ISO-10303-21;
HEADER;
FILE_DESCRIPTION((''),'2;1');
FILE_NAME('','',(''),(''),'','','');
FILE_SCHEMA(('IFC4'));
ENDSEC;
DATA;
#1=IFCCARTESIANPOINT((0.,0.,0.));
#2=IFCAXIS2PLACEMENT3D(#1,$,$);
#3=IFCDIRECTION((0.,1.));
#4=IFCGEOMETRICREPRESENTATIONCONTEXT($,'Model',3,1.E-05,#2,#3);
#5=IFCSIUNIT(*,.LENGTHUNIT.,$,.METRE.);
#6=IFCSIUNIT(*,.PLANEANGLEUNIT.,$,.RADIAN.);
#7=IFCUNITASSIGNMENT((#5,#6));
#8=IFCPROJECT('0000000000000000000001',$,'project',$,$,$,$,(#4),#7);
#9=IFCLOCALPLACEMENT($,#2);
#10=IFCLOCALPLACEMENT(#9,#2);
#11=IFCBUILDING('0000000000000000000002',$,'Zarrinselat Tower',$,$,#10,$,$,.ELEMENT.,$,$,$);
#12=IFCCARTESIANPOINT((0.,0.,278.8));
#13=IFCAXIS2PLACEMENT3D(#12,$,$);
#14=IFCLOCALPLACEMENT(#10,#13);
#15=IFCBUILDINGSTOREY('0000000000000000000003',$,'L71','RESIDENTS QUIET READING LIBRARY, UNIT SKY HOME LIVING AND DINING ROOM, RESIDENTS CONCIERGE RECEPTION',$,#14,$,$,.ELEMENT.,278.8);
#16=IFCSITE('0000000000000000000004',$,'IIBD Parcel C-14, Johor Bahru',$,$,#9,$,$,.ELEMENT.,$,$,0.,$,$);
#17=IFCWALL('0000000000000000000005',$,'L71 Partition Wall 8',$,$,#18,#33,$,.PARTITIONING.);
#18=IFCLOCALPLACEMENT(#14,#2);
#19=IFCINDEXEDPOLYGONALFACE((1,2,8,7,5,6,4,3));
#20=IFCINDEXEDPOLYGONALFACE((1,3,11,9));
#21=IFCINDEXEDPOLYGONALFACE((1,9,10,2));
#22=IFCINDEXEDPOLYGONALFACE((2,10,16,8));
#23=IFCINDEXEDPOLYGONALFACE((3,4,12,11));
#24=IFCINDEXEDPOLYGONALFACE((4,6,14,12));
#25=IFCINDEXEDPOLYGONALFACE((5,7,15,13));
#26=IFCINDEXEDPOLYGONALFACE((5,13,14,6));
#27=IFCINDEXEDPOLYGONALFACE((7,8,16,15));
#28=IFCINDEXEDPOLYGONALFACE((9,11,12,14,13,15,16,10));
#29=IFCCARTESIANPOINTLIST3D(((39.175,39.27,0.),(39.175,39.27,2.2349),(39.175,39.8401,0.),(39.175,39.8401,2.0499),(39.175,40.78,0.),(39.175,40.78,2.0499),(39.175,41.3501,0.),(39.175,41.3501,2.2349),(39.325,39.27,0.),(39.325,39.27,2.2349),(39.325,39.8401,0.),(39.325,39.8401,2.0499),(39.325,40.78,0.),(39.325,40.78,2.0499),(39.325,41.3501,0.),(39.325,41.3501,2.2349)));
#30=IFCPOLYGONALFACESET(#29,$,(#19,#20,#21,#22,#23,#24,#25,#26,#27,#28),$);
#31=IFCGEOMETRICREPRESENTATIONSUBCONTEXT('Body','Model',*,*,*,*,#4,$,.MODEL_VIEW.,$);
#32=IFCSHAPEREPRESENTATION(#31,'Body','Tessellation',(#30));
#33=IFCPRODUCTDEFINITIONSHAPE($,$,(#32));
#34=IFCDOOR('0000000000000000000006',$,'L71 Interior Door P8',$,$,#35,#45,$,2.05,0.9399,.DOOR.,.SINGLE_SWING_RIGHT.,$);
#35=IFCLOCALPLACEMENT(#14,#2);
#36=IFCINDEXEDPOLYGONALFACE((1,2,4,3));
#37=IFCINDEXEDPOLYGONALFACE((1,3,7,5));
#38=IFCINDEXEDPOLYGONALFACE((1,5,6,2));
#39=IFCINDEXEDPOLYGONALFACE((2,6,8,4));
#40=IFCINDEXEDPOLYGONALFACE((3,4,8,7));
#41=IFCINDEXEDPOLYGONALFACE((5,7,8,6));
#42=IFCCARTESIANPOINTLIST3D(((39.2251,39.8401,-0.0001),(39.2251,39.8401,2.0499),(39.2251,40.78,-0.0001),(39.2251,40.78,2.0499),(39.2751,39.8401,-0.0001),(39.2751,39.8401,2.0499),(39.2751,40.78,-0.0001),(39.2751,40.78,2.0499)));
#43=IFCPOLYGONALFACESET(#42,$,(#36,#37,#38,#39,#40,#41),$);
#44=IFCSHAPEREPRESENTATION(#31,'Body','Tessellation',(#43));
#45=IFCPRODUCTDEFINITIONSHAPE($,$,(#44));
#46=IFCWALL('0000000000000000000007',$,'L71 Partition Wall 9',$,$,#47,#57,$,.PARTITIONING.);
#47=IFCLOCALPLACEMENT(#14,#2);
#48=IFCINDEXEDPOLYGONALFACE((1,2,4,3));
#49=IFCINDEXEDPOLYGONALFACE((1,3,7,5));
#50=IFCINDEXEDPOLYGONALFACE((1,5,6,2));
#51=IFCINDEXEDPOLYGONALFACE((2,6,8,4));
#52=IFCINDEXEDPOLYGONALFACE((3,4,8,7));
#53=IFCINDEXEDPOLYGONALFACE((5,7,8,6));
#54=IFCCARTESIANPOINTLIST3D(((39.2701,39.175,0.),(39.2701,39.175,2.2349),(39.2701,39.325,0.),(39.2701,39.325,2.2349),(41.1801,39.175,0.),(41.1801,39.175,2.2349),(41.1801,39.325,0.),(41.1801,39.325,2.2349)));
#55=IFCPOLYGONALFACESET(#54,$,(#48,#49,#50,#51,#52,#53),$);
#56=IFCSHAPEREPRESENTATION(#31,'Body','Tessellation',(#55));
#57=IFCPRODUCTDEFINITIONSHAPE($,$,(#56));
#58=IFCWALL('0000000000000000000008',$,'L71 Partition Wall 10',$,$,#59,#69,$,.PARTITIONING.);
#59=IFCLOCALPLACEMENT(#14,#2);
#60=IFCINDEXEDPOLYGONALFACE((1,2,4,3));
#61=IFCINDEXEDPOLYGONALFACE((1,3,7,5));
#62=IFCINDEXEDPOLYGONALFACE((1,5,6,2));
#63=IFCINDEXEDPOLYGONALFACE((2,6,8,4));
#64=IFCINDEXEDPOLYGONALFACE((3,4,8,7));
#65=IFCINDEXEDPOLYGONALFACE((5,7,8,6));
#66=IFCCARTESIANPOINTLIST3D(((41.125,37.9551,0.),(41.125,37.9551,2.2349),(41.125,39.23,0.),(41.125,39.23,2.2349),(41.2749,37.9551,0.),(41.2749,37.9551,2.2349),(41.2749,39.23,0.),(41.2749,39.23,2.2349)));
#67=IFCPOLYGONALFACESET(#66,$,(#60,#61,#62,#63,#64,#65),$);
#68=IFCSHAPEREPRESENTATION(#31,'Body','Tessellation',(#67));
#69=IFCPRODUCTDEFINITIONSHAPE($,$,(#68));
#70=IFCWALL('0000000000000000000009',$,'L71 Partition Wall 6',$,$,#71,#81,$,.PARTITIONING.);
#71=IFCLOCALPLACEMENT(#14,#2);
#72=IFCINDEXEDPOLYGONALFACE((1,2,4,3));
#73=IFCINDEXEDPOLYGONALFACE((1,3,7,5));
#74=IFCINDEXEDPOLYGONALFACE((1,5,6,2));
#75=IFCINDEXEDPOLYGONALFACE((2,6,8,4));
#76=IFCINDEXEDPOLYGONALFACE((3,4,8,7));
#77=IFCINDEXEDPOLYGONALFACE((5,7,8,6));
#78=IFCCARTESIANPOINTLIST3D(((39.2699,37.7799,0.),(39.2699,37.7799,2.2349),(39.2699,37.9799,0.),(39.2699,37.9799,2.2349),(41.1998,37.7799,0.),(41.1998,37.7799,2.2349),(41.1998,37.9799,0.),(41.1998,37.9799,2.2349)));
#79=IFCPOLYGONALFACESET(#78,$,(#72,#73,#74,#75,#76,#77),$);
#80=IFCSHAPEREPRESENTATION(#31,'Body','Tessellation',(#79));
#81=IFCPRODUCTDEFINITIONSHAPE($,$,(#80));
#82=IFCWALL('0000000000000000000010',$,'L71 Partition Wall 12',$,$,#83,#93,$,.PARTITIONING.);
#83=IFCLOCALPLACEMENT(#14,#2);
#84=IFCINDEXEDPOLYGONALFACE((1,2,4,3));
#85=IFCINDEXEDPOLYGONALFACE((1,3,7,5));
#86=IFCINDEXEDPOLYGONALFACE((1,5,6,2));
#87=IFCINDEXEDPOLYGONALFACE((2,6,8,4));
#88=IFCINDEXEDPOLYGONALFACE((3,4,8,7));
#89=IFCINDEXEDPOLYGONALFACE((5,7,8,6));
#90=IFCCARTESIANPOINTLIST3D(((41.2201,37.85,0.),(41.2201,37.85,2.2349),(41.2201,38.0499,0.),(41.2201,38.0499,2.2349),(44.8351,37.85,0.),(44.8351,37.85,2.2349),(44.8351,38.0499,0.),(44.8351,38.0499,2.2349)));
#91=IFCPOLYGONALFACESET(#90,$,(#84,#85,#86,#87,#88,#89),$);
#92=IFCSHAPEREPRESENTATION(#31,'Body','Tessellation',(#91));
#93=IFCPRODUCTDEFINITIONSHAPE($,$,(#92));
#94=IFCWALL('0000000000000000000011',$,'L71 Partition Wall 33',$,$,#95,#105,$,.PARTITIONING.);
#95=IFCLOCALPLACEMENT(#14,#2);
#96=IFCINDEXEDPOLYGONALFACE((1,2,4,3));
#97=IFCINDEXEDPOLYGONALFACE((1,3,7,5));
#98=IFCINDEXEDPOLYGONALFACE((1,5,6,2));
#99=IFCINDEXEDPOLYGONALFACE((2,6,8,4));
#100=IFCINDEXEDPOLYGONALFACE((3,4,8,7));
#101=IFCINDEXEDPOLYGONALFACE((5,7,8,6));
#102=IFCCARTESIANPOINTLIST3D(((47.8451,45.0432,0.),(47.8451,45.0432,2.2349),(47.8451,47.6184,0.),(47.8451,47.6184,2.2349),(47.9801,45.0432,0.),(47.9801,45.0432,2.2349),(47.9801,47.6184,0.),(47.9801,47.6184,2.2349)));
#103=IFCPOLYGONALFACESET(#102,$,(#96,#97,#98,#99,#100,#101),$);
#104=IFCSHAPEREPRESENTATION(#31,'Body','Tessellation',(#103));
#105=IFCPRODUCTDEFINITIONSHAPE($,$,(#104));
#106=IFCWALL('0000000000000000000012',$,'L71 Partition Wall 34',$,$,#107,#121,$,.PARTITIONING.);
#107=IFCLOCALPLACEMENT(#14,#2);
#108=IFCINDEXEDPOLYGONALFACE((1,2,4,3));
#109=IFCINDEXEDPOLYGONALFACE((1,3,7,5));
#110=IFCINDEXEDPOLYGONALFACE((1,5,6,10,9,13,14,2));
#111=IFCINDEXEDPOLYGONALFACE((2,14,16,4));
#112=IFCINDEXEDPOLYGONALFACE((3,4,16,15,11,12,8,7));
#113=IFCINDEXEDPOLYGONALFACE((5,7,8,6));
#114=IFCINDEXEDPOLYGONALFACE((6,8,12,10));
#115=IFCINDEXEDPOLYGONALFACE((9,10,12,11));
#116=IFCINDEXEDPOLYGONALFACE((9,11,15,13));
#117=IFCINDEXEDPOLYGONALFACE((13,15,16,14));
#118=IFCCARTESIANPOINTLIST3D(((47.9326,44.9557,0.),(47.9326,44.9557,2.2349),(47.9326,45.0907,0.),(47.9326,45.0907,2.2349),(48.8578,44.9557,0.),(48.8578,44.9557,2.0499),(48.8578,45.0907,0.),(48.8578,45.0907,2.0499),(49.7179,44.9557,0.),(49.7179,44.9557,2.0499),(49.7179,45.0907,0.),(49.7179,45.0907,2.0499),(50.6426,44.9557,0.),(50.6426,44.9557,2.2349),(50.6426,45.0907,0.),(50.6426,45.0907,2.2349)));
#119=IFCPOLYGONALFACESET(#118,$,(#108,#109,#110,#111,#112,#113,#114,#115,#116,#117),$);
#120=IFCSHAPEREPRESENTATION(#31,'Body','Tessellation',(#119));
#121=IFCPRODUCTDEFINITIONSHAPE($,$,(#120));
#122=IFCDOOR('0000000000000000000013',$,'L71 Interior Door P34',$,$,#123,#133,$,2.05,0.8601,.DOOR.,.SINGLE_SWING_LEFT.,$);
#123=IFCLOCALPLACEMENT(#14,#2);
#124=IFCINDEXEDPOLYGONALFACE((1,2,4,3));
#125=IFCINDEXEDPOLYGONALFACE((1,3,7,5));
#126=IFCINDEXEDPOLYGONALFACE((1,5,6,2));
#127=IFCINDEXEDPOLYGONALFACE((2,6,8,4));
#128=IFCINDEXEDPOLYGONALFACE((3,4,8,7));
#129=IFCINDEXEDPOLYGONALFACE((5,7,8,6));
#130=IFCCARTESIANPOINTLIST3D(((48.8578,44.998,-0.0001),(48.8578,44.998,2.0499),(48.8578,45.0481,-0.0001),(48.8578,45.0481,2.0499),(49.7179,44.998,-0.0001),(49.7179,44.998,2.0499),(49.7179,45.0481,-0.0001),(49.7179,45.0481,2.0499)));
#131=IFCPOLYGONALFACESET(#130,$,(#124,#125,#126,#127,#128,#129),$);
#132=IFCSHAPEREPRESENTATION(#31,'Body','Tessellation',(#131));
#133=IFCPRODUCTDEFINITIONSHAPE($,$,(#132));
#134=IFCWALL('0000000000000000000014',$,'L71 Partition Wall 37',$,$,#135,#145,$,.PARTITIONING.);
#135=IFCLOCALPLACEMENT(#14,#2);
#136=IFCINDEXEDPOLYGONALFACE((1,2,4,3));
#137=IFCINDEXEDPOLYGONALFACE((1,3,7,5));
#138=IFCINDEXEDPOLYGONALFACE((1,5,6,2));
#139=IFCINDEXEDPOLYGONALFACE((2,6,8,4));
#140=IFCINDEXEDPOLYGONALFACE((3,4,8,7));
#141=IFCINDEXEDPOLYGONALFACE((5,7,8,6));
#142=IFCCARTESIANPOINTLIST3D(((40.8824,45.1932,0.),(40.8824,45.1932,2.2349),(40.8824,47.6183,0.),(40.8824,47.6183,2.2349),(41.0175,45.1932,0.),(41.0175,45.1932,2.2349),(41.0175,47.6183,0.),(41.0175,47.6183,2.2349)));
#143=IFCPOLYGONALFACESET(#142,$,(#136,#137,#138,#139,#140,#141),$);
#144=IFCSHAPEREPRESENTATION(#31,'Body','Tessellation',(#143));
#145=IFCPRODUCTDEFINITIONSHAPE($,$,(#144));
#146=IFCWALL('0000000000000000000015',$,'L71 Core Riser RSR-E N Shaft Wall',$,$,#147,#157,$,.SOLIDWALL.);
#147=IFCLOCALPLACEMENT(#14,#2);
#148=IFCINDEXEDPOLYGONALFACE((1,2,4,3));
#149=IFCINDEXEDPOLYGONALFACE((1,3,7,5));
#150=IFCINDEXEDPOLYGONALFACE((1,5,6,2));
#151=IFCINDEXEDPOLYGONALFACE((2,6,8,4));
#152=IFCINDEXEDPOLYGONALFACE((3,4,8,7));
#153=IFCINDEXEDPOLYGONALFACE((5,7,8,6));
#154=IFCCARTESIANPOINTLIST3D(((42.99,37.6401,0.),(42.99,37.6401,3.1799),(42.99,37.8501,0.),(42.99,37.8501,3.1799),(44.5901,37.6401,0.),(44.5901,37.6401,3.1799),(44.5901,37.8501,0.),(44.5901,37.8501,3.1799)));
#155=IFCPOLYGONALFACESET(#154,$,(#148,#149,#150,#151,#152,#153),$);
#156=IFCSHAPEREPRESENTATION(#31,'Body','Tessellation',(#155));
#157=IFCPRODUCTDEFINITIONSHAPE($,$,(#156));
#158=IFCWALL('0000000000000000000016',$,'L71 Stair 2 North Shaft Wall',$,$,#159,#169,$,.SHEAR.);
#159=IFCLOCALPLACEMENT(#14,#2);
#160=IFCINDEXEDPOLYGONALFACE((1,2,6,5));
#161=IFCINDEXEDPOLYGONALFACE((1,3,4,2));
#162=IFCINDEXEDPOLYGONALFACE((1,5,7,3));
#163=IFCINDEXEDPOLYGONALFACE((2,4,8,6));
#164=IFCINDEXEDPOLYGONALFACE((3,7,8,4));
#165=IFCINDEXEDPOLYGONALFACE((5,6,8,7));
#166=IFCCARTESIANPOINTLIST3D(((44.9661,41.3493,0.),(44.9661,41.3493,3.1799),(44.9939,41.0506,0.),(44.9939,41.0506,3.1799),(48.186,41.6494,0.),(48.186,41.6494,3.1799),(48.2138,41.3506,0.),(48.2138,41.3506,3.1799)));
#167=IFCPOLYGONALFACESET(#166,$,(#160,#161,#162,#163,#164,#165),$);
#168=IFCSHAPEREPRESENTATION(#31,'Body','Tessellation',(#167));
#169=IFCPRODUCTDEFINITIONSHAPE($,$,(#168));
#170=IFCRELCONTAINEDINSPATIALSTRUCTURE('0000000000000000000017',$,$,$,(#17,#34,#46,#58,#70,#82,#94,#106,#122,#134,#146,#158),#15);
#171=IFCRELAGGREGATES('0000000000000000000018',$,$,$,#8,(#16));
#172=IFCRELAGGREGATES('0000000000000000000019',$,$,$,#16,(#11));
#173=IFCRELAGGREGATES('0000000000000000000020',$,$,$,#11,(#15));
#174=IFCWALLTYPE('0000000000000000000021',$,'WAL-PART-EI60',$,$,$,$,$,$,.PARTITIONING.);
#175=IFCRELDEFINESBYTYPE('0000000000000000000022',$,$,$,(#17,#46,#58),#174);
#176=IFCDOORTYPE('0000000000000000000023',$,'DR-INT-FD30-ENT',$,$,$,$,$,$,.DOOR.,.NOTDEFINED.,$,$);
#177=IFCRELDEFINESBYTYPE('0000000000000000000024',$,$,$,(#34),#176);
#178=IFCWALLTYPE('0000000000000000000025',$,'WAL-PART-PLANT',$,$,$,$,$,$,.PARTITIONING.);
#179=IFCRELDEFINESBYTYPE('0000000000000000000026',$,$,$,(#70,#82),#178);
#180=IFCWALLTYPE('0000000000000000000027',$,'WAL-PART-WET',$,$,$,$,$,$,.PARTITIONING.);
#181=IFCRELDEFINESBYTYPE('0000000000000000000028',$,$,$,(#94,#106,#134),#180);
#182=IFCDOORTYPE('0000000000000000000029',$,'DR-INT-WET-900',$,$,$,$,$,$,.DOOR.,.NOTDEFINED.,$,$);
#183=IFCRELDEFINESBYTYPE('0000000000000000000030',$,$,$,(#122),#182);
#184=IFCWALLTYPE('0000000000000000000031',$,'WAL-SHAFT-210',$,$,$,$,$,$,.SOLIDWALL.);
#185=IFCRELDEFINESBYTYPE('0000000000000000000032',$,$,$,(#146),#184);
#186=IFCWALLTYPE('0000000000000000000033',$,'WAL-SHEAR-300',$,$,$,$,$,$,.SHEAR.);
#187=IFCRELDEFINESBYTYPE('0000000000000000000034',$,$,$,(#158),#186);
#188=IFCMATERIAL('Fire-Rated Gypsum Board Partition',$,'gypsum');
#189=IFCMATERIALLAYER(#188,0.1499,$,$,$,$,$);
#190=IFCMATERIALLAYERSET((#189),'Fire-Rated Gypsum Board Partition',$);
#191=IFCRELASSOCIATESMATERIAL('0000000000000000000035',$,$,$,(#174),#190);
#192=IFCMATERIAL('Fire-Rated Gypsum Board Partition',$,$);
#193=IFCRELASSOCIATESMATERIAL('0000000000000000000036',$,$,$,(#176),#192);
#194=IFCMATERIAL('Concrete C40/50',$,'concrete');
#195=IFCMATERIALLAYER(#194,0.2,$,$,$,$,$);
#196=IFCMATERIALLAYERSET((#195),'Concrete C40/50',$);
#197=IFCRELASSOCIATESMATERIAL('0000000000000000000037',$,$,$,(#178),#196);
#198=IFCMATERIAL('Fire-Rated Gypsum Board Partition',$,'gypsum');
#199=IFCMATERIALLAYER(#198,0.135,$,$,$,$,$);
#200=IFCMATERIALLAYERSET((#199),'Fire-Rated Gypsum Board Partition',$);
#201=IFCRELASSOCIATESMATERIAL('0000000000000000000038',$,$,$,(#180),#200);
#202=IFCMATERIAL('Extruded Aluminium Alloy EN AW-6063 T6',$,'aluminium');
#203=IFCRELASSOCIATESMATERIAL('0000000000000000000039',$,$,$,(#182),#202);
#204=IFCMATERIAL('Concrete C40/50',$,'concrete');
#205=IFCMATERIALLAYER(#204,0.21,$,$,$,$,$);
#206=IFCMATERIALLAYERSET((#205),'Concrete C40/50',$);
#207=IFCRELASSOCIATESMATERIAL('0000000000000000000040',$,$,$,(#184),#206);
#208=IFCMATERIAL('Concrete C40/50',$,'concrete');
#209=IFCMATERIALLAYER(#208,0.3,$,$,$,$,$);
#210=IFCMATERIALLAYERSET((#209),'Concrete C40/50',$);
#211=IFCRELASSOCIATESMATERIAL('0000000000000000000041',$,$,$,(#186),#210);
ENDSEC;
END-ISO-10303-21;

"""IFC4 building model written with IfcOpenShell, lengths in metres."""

from ifc_helpers import new_model, si_unit, direction, frame, frame_2d, origin, place, context, subcontext, project, spatial, rectangle, extrude, material, layer, layer_set, type_object, element, fill, save


model = new_model("IFC4")

# Units and contexts
model_context = context("Model", 3, precision=1e-05, world=origin(), true_north=direction((0.0, 1.0)))
body_context = subcontext(model_context, "Body", "Model", "MODEL_VIEW")
ifc_project = project(units=[si_unit("LENGTHUNIT", "METRE"), si_unit("PLANEANGLEUNIT", "RADIAN")], contexts=[model_context])

# Site, building, storey
site_placement = place(None, origin())
site = spatial("IfcSite", under=ifc_project, at=site_placement, Name="IIBD Parcel C-14, Johor Bahru", CompositionType="ELEMENT", RefElevation=0.0)
building_placement = place(site_placement, origin())
building = spatial("IfcBuilding", under=site, at=building_placement, Name="Zarrinselat Tower", CompositionType="ELEMENT")
storey_placement = place(building_placement, frame((0.0, 0.0, 278.8)))
storey = spatial("IfcBuildingStorey", under=building, at=storey_placement, Name="L71", Description="RESIDENTS QUIET READING LIBRARY, UNIT SKY HOME LIVING AND DINING ROOM, RESIDENTS CONCIERGE RECEPTION", CompositionType="ELEMENT", Elevation=278.8)

# Wall, opening, door
ifc_material_1 = material(Name="Fire-Rated Gypsum Board Partition", Category="gypsum")
ifc_layer_1 = layer(ifc_material_1, 0.1499)
ifc_layer_set_1 = layer_set([ifc_layer_1], Name="Fire-Rated Gypsum Board Partition")
wall_type_1 = type_object("IfcWallType", Name="WAL-PART-EI60", PredefinedType="PARTITIONING", material=ifc_layer_set_1)
wall_1_placement = place(storey_placement, frame((39.25, 39.27, 0.0), z_axis=(0.0, 0.0, 1.0), x_axis=(0.0, 1.0, 0.0)))
wall_1 = element("IfcWall", 1, at=wall_1_placement, inside=storey, type_object=wall_type_1, Name="L71 Partition Wall 8", PredefinedType="PARTITIONING", context=body_context, shape_type="SweptSolid", body=[
    extrude(rectangle(XDim=2.0801, YDim=0.1499, at=frame_2d((1.04, 0.0))), origin(), (0.0, 0.0, 1.0), 2.2349),
])
opening_1_placement = place(wall_1_placement, frame((0.5701, 0.0, 0.0)))
opening_1 = element("IfcOpeningElement", 2, at=opening_1_placement, cuts=wall_1, PredefinedType="OPENING", context=body_context, shape_type="SweptSolid", body=[
    extrude(rectangle(XDim=0.9399, YDim=2.05, at=frame_2d((0.47, 1.0249))), frame((0.0, 0.085, 0.0), z_axis=(0.0, -1.0, 0.0), x_axis=(1.0, 0.0, 0.0)), (0.0, 0.0, 1.0), 0.1699),
])
ifc_material_2 = material(Name="Fire-Rated Gypsum Board Partition")
door_type_1 = type_object("IfcDoorType", Name="DR-INT-FD30-ENT", OperationType="NOTDEFINED", PredefinedType="DOOR", material=ifc_material_2)
door_1_placement = place(opening_1_placement, origin())
door_1 = element("IfcDoor", 3, at=door_1_placement, inside=storey, type_object=door_type_1, Name="L71 Interior Door P8", OperationType="SINGLE_SWING_RIGHT", OverallHeight=2.05, OverallWidth=0.9399, PredefinedType="DOOR", context=body_context, shape_type="SweptSolid", body=[
    extrude(rectangle(XDim=0.9399, YDim=2.05, at=frame_2d((0.47, 1.0249))), frame((0.0, 0.0249, 0.0), z_axis=(0.0, -1.0, 0.0), x_axis=(1.0, 0.0, 0.0)), (0.0, 0.0, 1.0), 0.05),
])
fill(opening_1, door_1)

# Walls
wall_2_placement = place(storey_placement, frame((39.27, 39.25, 0.0), z_axis=(0.0, 0.0, 1.0), x_axis=(1.0, 0.0, 0.0)))
element("IfcWall", 4, at=wall_2_placement, inside=storey, type_object=wall_type_1, Name="L71 Partition Wall 9", PredefinedType="PARTITIONING", context=body_context, shape_type="SweptSolid", body=[
    extrude(rectangle(XDim=1.9099, YDim=0.1499, at=frame_2d((0.9551, 0.0))), origin(), (0.0, 0.0, 1.0), 2.2349),
])
wall_3_placement = place(storey_placement, frame((41.2, 37.9551, 0.0), z_axis=(0.0, 0.0, 1.0), x_axis=(0.0, 1.0, 0.0)))
element("IfcWall", 5, at=wall_3_placement, inside=storey, type_object=wall_type_1, Name="L71 Partition Wall 10", PredefinedType="PARTITIONING", context=body_context, shape_type="SweptSolid", body=[
    extrude(rectangle(XDim=1.2749, YDim=0.1499, at=frame_2d((0.6375, 0.0))), origin(), (0.0, 0.0, 1.0), 2.2349),
])
ifc_material_3 = material(Name="Concrete C40/50", Category="concrete")
ifc_layer_2 = layer(ifc_material_3, 0.2)
ifc_layer_set_2 = layer_set([ifc_layer_2], Name="Concrete C40/50")
wall_type_2 = type_object("IfcWallType", Name="WAL-PART-PLANT", PredefinedType="PARTITIONING", material=ifc_layer_set_2)
wall_4_placement = place(storey_placement, frame((39.27, 37.8799, 0.0), z_axis=(0.0, 0.0, 1.0), x_axis=(1.0, 0.0, 0.0)))
element("IfcWall", 6, at=wall_4_placement, inside=storey, type_object=wall_type_2, Name="L71 Partition Wall 6", PredefinedType="PARTITIONING", context=body_context, shape_type="SweptSolid", body=[
    extrude(rectangle(XDim=1.9299, YDim=0.2, at=frame_2d((0.9648, 0.0))), origin(), (0.0, 0.0, 1.0), 2.2349),
])
wall_5_placement = place(storey_placement, frame((41.22, 37.95, 0.0), z_axis=(0.0, 0.0, 1.0), x_axis=(1.0, 0.0, 0.0)))
element("IfcWall", 7, at=wall_5_placement, inside=storey, type_object=wall_type_2, Name="L71 Partition Wall 12", PredefinedType="PARTITIONING", context=body_context, shape_type="SweptSolid", body=[
    extrude(rectangle(XDim=3.615, YDim=0.2, at=frame_2d((1.8076, 0.0))), origin(), (0.0, 0.0, 1.0), 2.2349),
])
ifc_material_4 = material(Name="Fire-Rated Gypsum Board Partition", Category="gypsum")
ifc_layer_3 = layer(ifc_material_4, 0.135)
ifc_layer_set_3 = layer_set([ifc_layer_3], Name="Fire-Rated Gypsum Board Partition")
wall_type_3 = type_object("IfcWallType", Name="WAL-PART-WET", PredefinedType="PARTITIONING", material=ifc_layer_set_3)
wall_6_placement = place(storey_placement, frame((47.9126, 45.0432, 0.0), z_axis=(0.0, 0.0, 1.0), x_axis=(0.0, 1.0, 0.0)))
element("IfcWall", 8, at=wall_6_placement, inside=storey, type_object=wall_type_3, Name="L71 Partition Wall 33", PredefinedType="PARTITIONING", context=body_context, shape_type="SweptSolid", body=[
    extrude(rectangle(XDim=2.5752, YDim=0.135, at=frame_2d((1.2876, 0.0))), origin(), (0.0, 0.0, 1.0), 2.2349),
])

# Wall, opening, door
wall_7_placement = place(storey_placement, frame((47.9326, 45.0232, 0.0), z_axis=(0.0, 0.0, 1.0), x_axis=(1.0, 0.0, 0.0)))
wall_7 = element("IfcWall", 9, at=wall_7_placement, inside=storey, type_object=wall_type_3, Name="L71 Partition Wall 34", PredefinedType="PARTITIONING", context=body_context, shape_type="SweptSolid", body=[
    extrude(rectangle(XDim=2.71, YDim=0.135, at=frame_2d((1.355, 0.0))), origin(), (0.0, 0.0, 1.0), 2.2349),
])
opening_2_placement = place(wall_7_placement, frame((0.925, 0.0, 0.0)))
opening_2 = element("IfcOpeningElement", 10, at=opening_2_placement, cuts=wall_7, PredefinedType="OPENING", context=body_context, shape_type="SweptSolid", body=[
    extrude(rectangle(XDim=0.8601, YDim=2.05, at=frame_2d((0.4302, 1.0249))), frame((0.0, 0.0774, 0.0), z_axis=(0.0, -1.0, 0.0), x_axis=(1.0, 0.0, 0.0)), (0.0, 0.0, 1.0), 0.155),
])
ifc_material_5 = material(Name="Extruded Aluminium Alloy EN AW-6063 T6", Category="aluminium")
door_type_2 = type_object("IfcDoorType", Name="DR-INT-WET-900", OperationType="NOTDEFINED", PredefinedType="DOOR", material=ifc_material_5)
door_2_placement = place(opening_2_placement, origin())
door_2 = element("IfcDoor", 11, at=door_2_placement, inside=storey, type_object=door_type_2, Name="L71 Interior Door P34", OperationType="SINGLE_SWING_LEFT", OverallHeight=2.05, OverallWidth=0.8601, PredefinedType="DOOR", context=body_context, shape_type="SweptSolid", body=[
    extrude(rectangle(XDim=0.8601, YDim=2.05, at=frame_2d((0.4302, 1.0249))), frame((0.0, 0.0249, 0.0), z_axis=(0.0, -1.0, 0.0), x_axis=(1.0, 0.0, 0.0)), (0.0, 0.0, 1.0), 0.05),
])
fill(opening_2, door_2)

# Walls
wall_8_placement = place(storey_placement, frame((40.95, 45.1934, 0.0), z_axis=(0.0, 0.0, 1.0), x_axis=(0.0, 1.0, 0.0)))
element("IfcWall", 12, at=wall_8_placement, inside=storey, type_object=wall_type_3, Name="L71 Partition Wall 37", PredefinedType="PARTITIONING", context=body_context, shape_type="SweptSolid", body=[
    extrude(rectangle(XDim=2.425, YDim=0.135, at=frame_2d((1.2124, 0.0))), origin(), (0.0, 0.0, 1.0), 2.2349),
])
ifc_material_6 = material(Name="Concrete C40/50", Category="concrete")
ifc_layer_4 = layer(ifc_material_6, 0.21)
ifc_layer_set_4 = layer_set([ifc_layer_4], Name="Concrete C40/50")
wall_type_4 = type_object("IfcWallType", Name="WAL-SHAFT-210", PredefinedType="SOLIDWALL", material=ifc_layer_set_4)
wall_9_placement = place(storey_placement, frame((42.99, 37.7451, 0.0), z_axis=(0.0, 0.0, 1.0), x_axis=(1.0, 0.0, 0.0)))
element("IfcWall", 13, at=wall_9_placement, inside=storey, type_object=wall_type_4, Name="L71 Core Riser RSR-E N Shaft Wall", PredefinedType="SOLIDWALL", context=body_context, shape_type="SweptSolid", body=[
    extrude(rectangle(XDim=1.6001, YDim=0.21, at=frame_2d((0.8, 0.0))), origin(), (0.0, 0.0, 1.0), 3.1799),
])
ifc_material_7 = material(Name="Concrete C40/50", Category="concrete")
ifc_layer_5 = layer(ifc_material_7, 0.3)
ifc_layer_set_5 = layer_set([ifc_layer_5], Name="Concrete C40/50")
wall_type_5 = type_object("IfcWallType", Name="WAL-SHEAR-300", PredefinedType="SHEAR", material=ifc_layer_set_5)
wall_10_placement = place(storey_placement, frame((44.98, 41.2, 0.0), z_axis=(0.0, 0.0, 1.0), x_axis=(0.995686, 0.092782, 0.0)))
element("IfcWall", 14, at=wall_10_placement, inside=storey, type_object=wall_type_5, Name="L71 Stair 2 North Shaft Wall", PredefinedType="SHEAR", context=body_context, shape_type="SweptSolid", body=[
    extrude(rectangle(XDim=3.2339, YDim=0.3, at=frame_2d((1.6169, 0.0))), origin(), (0.0, 0.0, 1.0), 3.1799),
])

save(model, "model.ifc")
